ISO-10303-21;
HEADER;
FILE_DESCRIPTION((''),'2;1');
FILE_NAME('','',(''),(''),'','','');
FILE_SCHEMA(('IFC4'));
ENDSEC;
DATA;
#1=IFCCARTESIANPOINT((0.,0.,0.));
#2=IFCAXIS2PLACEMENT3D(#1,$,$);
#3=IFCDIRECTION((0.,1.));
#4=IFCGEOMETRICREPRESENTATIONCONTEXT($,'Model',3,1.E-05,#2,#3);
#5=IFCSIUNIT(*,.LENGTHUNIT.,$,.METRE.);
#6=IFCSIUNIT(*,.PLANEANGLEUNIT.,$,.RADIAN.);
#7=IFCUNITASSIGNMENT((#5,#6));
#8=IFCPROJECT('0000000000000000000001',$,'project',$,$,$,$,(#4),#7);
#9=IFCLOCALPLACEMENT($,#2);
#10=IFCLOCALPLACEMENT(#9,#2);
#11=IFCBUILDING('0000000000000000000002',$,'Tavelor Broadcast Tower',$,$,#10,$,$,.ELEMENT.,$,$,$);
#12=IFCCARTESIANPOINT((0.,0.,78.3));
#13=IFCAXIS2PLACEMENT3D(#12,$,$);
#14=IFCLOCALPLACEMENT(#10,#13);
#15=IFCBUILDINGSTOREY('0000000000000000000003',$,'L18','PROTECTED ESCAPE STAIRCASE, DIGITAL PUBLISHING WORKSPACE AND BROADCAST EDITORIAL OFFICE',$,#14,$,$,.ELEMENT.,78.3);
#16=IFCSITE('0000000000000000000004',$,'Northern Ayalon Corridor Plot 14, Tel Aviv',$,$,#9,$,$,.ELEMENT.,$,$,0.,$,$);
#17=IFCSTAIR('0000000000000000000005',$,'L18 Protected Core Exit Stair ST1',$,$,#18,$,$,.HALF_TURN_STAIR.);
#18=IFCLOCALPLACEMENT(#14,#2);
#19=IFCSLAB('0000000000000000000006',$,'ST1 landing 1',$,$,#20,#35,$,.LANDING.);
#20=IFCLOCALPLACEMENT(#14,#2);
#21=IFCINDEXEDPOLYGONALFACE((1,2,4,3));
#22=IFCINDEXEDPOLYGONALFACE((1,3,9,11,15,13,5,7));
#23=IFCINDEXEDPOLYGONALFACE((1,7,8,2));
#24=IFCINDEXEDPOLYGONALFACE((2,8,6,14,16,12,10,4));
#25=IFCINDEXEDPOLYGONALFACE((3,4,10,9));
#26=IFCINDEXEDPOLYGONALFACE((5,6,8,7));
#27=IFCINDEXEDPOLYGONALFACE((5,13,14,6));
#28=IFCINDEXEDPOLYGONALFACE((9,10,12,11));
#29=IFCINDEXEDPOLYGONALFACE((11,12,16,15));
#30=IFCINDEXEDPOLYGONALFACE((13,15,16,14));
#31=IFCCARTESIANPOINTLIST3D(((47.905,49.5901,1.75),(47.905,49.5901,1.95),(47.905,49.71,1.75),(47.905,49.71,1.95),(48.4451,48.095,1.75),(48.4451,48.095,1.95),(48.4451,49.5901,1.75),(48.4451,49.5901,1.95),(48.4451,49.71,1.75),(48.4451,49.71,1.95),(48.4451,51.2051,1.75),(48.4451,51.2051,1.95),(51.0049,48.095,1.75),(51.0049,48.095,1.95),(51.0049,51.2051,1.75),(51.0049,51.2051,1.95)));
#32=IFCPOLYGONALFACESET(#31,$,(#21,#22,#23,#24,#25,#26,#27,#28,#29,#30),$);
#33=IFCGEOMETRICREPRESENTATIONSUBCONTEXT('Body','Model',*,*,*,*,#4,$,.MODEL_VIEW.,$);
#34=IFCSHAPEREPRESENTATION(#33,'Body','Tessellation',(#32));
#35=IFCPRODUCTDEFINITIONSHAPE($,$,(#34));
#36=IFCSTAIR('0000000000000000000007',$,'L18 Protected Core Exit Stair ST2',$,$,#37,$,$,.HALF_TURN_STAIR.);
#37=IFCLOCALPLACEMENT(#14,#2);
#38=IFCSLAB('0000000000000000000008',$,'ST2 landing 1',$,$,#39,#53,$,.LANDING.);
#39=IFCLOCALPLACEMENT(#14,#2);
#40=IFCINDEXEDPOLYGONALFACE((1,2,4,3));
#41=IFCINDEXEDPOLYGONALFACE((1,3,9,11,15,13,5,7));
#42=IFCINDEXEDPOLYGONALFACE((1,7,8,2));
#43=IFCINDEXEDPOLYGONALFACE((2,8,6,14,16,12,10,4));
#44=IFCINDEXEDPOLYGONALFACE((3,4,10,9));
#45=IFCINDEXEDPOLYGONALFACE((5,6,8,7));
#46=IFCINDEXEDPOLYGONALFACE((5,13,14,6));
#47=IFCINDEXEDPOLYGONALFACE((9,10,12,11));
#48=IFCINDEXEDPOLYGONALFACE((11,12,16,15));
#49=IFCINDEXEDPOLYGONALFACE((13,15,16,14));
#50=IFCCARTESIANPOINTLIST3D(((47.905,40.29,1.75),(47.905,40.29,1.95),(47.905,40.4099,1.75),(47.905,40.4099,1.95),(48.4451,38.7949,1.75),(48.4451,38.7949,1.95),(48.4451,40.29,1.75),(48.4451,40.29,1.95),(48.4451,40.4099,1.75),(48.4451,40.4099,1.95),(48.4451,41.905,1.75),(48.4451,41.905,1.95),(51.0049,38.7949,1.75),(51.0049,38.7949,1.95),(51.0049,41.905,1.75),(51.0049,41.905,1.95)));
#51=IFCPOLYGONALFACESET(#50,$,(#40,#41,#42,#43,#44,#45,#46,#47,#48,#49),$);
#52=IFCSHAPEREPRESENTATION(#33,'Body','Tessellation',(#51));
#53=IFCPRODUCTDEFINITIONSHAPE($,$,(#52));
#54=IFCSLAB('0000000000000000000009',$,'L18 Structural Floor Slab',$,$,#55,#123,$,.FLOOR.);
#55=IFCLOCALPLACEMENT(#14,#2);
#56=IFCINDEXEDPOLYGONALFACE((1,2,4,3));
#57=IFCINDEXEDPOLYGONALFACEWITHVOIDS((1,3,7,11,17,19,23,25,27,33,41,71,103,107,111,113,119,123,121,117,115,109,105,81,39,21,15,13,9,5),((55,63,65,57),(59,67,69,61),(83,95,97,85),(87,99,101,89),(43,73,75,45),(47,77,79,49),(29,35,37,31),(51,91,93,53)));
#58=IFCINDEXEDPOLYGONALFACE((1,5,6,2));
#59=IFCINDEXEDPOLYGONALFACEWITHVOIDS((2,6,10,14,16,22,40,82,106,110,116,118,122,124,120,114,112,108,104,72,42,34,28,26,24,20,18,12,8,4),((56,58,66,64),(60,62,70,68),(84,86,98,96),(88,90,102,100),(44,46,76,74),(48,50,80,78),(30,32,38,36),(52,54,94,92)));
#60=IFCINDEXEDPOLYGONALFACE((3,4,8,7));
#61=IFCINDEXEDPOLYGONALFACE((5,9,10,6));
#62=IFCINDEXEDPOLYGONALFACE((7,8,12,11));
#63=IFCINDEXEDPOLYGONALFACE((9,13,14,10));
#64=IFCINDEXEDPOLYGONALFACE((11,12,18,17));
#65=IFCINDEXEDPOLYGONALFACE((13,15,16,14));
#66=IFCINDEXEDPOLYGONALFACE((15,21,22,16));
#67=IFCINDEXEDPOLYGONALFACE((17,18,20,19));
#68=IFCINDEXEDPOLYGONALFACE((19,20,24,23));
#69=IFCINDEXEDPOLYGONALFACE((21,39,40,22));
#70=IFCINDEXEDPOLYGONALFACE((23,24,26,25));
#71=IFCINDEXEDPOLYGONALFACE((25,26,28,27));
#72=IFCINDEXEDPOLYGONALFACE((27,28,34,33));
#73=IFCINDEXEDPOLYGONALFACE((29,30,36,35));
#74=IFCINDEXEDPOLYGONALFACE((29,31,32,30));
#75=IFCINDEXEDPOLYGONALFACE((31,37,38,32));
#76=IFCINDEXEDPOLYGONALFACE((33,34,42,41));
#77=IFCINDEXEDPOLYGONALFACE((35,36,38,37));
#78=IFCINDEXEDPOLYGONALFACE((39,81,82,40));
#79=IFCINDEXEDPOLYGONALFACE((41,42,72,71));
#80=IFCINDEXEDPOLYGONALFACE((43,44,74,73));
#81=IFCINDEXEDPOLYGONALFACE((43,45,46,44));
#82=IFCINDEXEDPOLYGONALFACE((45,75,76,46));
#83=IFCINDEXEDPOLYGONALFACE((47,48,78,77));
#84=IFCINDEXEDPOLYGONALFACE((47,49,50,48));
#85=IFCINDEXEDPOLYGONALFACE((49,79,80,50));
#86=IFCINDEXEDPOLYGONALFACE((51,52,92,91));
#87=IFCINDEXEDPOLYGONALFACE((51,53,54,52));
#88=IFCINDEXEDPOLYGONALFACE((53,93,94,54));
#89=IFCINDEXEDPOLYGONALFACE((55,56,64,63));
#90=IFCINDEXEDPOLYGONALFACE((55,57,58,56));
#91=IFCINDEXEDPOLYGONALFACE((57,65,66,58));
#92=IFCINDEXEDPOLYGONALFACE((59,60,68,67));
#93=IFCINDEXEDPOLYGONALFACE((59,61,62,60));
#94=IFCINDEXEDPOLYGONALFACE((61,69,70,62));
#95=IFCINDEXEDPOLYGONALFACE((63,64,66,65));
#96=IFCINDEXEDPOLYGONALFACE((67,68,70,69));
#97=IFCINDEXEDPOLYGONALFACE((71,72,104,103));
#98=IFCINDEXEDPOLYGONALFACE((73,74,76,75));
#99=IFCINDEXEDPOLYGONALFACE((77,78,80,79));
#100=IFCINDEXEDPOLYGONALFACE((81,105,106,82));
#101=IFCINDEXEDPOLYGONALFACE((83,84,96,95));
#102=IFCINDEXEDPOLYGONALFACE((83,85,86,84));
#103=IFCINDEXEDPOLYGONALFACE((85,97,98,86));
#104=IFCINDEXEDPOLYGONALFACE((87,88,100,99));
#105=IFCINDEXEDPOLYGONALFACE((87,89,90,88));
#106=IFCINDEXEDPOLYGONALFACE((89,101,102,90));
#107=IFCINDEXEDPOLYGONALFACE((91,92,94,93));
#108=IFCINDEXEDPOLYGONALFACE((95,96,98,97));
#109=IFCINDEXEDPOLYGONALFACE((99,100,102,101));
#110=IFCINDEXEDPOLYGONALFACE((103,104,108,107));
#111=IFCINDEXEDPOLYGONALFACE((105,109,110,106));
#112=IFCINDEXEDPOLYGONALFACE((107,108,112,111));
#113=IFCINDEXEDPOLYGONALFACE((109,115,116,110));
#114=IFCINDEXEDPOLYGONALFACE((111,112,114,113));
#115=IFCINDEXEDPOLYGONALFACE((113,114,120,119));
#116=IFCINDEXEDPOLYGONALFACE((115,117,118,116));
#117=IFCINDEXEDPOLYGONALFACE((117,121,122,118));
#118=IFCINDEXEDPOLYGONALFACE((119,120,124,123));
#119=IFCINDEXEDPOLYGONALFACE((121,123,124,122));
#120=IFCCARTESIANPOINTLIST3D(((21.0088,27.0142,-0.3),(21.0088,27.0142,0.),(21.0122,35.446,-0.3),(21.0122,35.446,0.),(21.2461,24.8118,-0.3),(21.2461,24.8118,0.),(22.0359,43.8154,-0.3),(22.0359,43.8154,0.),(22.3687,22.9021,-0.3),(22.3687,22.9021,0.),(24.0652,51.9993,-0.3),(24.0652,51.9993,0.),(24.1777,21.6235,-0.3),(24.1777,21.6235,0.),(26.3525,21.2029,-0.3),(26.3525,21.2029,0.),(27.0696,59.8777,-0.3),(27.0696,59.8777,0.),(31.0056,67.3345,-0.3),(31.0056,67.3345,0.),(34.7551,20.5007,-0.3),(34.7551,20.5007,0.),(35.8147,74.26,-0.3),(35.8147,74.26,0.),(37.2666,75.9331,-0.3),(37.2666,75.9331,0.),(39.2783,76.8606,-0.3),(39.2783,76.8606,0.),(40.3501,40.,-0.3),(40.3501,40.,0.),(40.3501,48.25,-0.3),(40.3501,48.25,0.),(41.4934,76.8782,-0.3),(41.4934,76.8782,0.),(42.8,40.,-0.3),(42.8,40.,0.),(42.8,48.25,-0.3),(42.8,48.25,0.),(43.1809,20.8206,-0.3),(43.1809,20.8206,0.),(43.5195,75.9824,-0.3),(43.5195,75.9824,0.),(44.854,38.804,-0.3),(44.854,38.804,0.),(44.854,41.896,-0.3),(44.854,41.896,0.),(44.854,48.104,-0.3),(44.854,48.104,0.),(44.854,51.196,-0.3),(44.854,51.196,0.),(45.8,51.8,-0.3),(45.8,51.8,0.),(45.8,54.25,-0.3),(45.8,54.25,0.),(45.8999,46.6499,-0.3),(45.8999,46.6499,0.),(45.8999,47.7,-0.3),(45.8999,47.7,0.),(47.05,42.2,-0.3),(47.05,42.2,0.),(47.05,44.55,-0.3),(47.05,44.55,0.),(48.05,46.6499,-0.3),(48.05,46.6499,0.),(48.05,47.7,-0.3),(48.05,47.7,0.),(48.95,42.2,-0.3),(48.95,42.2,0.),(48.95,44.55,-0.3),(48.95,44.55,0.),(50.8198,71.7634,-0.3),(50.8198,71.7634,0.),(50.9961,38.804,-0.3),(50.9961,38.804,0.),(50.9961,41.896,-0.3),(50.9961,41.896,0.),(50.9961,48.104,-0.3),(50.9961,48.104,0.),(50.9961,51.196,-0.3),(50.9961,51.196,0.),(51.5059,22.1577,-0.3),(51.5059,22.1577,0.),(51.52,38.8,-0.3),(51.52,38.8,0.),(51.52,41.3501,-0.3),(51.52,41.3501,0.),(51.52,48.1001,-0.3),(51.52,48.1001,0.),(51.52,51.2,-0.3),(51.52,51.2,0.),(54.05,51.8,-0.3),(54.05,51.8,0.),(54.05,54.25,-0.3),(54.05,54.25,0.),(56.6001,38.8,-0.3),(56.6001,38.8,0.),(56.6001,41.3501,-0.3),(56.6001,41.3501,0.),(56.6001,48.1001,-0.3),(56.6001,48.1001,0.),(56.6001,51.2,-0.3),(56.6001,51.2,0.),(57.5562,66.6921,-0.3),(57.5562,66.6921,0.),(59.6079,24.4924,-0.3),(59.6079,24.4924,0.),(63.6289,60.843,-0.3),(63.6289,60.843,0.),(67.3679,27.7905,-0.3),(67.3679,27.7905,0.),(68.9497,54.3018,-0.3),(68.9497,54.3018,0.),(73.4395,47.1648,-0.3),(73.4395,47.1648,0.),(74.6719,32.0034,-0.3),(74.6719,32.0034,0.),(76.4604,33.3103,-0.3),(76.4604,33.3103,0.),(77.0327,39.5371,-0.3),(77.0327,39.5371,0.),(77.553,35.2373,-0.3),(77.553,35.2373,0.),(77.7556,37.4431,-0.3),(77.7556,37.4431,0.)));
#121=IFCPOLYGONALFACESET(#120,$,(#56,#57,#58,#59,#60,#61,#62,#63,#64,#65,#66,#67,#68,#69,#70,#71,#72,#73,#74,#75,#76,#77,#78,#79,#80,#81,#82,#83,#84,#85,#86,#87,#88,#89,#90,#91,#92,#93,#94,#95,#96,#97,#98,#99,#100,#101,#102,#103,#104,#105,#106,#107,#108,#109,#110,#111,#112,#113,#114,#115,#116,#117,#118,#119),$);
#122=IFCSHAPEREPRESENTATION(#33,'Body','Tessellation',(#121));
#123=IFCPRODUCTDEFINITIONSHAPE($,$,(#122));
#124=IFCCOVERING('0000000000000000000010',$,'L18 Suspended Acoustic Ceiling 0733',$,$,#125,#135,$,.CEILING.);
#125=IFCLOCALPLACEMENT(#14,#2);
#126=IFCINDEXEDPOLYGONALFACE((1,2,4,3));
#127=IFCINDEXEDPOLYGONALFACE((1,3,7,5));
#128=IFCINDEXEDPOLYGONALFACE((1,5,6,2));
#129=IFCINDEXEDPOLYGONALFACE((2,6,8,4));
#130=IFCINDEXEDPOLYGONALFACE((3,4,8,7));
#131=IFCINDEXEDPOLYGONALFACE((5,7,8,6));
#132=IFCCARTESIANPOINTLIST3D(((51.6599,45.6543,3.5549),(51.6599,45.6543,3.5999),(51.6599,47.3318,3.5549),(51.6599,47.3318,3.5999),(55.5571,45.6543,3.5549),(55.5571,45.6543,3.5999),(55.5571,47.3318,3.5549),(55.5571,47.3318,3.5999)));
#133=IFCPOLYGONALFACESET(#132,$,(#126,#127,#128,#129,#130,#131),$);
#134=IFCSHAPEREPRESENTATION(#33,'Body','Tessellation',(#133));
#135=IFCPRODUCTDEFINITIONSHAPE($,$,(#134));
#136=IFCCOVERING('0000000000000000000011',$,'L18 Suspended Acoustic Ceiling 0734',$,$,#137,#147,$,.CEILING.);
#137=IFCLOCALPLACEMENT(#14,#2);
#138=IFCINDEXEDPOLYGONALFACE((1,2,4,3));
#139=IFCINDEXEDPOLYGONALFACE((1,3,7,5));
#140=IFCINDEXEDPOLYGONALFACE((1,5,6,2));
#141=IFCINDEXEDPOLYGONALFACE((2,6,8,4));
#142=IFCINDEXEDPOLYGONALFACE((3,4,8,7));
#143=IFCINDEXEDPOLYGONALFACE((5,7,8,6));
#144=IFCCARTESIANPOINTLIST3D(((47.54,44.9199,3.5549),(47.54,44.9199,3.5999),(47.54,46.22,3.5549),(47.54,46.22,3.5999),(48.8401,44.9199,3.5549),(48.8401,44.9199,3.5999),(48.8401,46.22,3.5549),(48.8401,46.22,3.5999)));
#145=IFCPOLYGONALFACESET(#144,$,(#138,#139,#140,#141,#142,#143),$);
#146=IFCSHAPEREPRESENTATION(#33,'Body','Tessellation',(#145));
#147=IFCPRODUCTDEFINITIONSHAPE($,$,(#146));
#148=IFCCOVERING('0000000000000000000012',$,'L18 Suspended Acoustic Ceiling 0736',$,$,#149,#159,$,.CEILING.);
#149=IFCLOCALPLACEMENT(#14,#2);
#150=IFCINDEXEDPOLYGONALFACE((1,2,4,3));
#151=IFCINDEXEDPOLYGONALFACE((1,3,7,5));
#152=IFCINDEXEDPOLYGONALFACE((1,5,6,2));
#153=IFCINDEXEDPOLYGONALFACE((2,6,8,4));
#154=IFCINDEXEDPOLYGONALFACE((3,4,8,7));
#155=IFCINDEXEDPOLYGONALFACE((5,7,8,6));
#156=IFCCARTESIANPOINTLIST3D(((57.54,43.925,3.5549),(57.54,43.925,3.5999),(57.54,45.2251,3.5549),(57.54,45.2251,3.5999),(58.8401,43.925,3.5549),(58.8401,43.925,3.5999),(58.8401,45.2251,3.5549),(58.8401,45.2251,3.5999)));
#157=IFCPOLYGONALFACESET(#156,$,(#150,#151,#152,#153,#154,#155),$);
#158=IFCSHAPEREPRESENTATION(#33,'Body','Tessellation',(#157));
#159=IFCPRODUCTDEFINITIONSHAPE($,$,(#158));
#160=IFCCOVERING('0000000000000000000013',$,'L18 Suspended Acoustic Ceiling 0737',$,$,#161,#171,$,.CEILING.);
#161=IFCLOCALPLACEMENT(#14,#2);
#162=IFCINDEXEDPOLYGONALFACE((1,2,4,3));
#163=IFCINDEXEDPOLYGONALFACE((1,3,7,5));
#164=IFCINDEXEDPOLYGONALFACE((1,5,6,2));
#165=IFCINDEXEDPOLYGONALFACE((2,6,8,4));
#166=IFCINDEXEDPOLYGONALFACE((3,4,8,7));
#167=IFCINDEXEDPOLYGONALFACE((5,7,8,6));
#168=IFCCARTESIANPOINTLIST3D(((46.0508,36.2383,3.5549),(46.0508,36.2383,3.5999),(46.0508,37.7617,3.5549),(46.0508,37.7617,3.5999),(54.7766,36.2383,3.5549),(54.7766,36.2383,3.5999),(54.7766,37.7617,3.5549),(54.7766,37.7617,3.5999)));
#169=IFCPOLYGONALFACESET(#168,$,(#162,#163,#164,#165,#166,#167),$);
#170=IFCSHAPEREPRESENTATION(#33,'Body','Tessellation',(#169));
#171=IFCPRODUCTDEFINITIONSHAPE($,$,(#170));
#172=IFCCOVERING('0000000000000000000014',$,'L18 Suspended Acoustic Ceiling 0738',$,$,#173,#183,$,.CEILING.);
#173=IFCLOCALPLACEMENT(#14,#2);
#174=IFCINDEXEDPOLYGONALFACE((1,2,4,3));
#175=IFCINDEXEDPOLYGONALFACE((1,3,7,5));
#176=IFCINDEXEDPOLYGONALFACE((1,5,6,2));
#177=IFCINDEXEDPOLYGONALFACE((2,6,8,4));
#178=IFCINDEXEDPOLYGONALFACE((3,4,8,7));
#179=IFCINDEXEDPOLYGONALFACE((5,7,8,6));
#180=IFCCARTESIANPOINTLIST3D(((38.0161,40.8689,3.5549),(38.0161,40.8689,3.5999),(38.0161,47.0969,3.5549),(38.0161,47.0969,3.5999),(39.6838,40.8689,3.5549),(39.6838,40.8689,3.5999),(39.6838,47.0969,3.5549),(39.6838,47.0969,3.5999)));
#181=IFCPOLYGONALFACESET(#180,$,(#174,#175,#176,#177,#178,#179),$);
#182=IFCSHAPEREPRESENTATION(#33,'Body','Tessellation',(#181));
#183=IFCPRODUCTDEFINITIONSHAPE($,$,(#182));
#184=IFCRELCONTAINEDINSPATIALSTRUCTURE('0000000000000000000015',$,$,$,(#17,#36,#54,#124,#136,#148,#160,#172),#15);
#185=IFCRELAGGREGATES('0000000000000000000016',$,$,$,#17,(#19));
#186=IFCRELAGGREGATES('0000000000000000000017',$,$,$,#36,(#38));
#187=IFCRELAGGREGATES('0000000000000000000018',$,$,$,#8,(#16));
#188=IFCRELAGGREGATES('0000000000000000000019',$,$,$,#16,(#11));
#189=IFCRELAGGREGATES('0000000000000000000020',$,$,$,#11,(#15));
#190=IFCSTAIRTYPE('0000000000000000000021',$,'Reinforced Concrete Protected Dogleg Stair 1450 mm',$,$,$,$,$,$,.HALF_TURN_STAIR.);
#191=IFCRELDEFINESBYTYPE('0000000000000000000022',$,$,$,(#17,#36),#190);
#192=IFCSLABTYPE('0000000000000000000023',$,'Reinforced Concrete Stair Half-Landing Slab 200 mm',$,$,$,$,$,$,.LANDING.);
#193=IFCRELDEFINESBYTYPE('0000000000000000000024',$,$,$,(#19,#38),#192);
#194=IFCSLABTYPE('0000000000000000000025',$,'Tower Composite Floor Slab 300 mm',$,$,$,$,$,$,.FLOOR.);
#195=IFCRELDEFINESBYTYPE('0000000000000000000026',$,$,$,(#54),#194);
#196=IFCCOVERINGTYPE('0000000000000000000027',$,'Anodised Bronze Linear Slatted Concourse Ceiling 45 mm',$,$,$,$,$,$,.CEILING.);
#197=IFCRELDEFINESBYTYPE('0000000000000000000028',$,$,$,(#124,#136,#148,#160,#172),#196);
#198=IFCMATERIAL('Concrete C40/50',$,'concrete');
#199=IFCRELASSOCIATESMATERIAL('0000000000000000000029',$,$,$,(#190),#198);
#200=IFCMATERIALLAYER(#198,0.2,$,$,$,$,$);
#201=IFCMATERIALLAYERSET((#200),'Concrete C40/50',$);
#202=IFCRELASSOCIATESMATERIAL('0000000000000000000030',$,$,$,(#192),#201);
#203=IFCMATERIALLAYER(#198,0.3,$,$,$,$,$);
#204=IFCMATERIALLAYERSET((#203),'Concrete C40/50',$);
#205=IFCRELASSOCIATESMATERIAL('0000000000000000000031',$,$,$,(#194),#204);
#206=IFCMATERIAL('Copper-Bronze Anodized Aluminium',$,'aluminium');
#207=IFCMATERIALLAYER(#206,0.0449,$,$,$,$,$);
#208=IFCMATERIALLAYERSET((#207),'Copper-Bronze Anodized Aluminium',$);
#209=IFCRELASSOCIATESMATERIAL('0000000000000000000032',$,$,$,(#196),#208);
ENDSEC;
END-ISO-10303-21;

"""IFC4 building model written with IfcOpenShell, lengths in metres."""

from ifc_helpers import new_model, si_unit, direction, frame, origin, place, context, subcontext, project, spatial, polyline, outline, extrude, material, layer, layer_set, type_object, element, aggregate, save


model = new_model("IFC4")

# Units and contexts
model_context = context("Model", 3, precision=1e-05, world=origin(), true_north=direction((0.0, 1.0)))
body_context = subcontext(model_context, "Body", "Model", "MODEL_VIEW")
ifc_project = project(units=[si_unit("LENGTHUNIT", "METRE"), si_unit("PLANEANGLEUNIT", "RADIAN")], contexts=[model_context])

# Site, building, storey
site_placement = place(None, origin())
site = spatial("IfcSite", under=ifc_project, at=site_placement, Name="Northern Ayalon Corridor Plot 14, Tel Aviv", CompositionType="ELEMENT", RefElevation=0.0)
building_placement = place(site_placement, origin())
building = spatial("IfcBuilding", under=site, at=building_placement, Name="Tavelor Broadcast Tower", CompositionType="ELEMENT")
storey_placement = place(building_placement, frame((0.0, 0.0, 78.3)))
storey = spatial("IfcBuildingStorey", under=building, at=storey_placement, Name="L18", Description="PROTECTED ESCAPE STAIRCASE, DIGITAL PUBLISHING WORKSPACE AND BROADCAST EDITORIAL OFFICE", CompositionType="ELEMENT", Elevation=78.3)

# Stairs, slabs
ifc_material_1 = material(Name="Concrete C40/50", Category="concrete")
stair_type = type_object("IfcStairType", Name="Reinforced Concrete Protected Dogleg Stair 1450 mm", PredefinedType="HALF_TURN_STAIR", material=ifc_material_1)
stair_1_placement = place(storey_placement, origin())
stair_1 = element("IfcStair", 1, at=stair_1_placement, inside=storey, type_object=stair_type, Name="L18 Protected Core Exit Stair ST1", PredefinedType="HALF_TURN_STAIR")
ifc_layer_1 = layer(ifc_material_1, 0.2)
ifc_layer_set_1 = layer_set([ifc_layer_1], Name="Concrete C40/50")
slab_type_1 = type_object("IfcSlabType", Name="Reinforced Concrete Stair Half-Landing Slab 200 mm", PredefinedType="LANDING", material=ifc_layer_set_1)
slab_1_placement = place(storey_placement, frame((0.0, 0.0, 1.75)))
slab_1 = element("IfcSlab", 2, at=slab_1_placement, type_object=slab_type_1, Name="ST1 landing 1", PredefinedType="LANDING", context=body_context, shape_type="SweptSolid", body=[
    extrude(outline(polyline([(48.4451, 49.5901), (48.4451, 48.095), (51.0049, 48.095), (51.0049, 51.2051), (48.4451, 51.2051), (48.4451, 49.71), (47.905, 49.71), (47.905, 49.5901), (48.4451, 49.5901)])), origin(), (0.0, 0.0, 1.0), 0.2),
])
aggregate(stair_1, [slab_1])
stair_2_placement = place(storey_placement, origin())
stair_2 = element("IfcStair", 3, at=stair_2_placement, inside=storey, type_object=stair_type, Name="L18 Protected Core Exit Stair ST2", PredefinedType="HALF_TURN_STAIR")
slab_2_placement = place(storey_placement, frame((0.0, 0.0, 1.75)))
slab_2 = element("IfcSlab", 4, at=slab_2_placement, type_object=slab_type_1, Name="ST2 landing 1", PredefinedType="LANDING", context=body_context, shape_type="SweptSolid", body=[
    extrude(outline(polyline([(48.4451, 40.29), (48.4451, 38.7949), (51.0049, 38.7949), (51.0049, 41.905), (48.4451, 41.905), (48.4451, 40.4099), (47.905, 40.4099), (47.905, 40.29), (48.4451, 40.29)])), origin(), (0.0, 0.0, 1.0), 0.2),
])
aggregate(stair_2, [slab_2])

# Slab
ifc_layer_2 = layer(ifc_material_1, 0.3)
ifc_layer_set_2 = layer_set([ifc_layer_2], Name="Concrete C40/50")
slab_type_2 = type_object("IfcSlabType", Name="Tower Composite Floor Slab 300 mm", PredefinedType="FLOOR", material=ifc_layer_set_2)
slab_3_placement = place(storey_placement, frame((0.0, 0.0, -0.3)))
element("IfcSlab", 5, at=slab_3_placement, inside=storey, type_object=slab_type_2, Name="L18 Structural Floor Slab", PredefinedType="FLOOR", context=body_context, shape_type="SweptSolid", body=[
    extrude(outline(polyline([(43.5195, 75.9824), (41.4934, 76.8782), (39.2783, 76.8606), (37.2666, 75.9331), (35.8147, 74.26), (31.0056, 67.3345), (27.0696, 59.8777), (24.0652, 51.9993), (22.0359, 43.8154), (21.0122, 35.446), (21.0088, 27.0142), (21.2461, 24.8118), (22.3687, 22.9021), (24.1777, 21.6235), (26.3525, 21.2029), (34.7551, 20.5007), (43.1809, 20.8206), (51.5059, 22.1577), (59.6079, 24.4924), (67.3679, 27.7905), (74.6719, 32.0034), (76.4604, 33.3103), (77.553, 35.2373), (77.7556, 37.4431), (77.0327, 39.5371), (73.4395, 47.1648), (68.9497, 54.3018), (63.6289, 60.843), (57.5562, 66.6921), (50.8198, 71.7634), (43.5195, 75.9824)]), holes=[polyline([(56.6001, 38.8), (51.52, 38.8), (51.52, 41.3501), (56.6001, 41.3501), (56.6001, 38.8)]), polyline([(50.9961, 38.804), (44.854, 38.804), (44.854, 41.896), (50.9961, 41.896), (50.9961, 38.804)]), polyline([(47.05, 42.2), (47.05, 44.55), (48.95, 44.55), (48.95, 42.2), (47.05, 42.2)]), polyline([(40.3501, 40.0), (40.3501, 48.25), (42.8, 48.25), (42.8, 40.0), (40.3501, 40.0)]), polyline([(48.05, 46.6499), (45.8999, 46.6499), (45.8999, 47.7), (48.05, 47.7), (48.05, 46.6499)]), polyline([(50.9961, 48.104), (44.854, 48.104), (44.854, 51.196), (50.9961, 51.196), (50.9961, 48.104)]), polyline([(56.6001, 48.1001), (51.52, 48.1001), (51.52, 51.2), (56.6001, 51.2), (56.6001, 48.1001)]), polyline([(54.05, 51.8), (45.8, 51.8), (45.8, 54.25), (54.05, 54.25), (54.05, 51.8)])]), origin(), (0.0, 0.0, 1.0), 0.3),
])

# Coverings
ifc_material_2 = material(Name="Copper-Bronze Anodized Aluminium", Category="aluminium")
ifc_layer_3 = layer(ifc_material_2, 0.0449)
ifc_layer_set_3 = layer_set([ifc_layer_3], Name="Copper-Bronze Anodized Aluminium")
covering_type_1 = type_object("IfcCoveringType", Name="Anodised Bronze Linear Slatted Concourse Ceiling 45 mm", PredefinedType="CEILING", material=ifc_layer_set_3)
covering_1_placement = place(storey_placement, frame((0.0, 0.0, 3.5549)))
element("IfcCovering", 6, at=covering_1_placement, inside=storey, type_object=covering_type_1, Name="L18 Suspended Acoustic Ceiling 0733", PredefinedType="CEILING", context=body_context, shape_type="SweptSolid", body=[
    extrude(outline(polyline([(51.6599, 45.6543), (55.5571, 45.6543), (55.5571, 47.3318), (51.6599, 47.3318), (51.6599, 45.6543)])), origin(), (0.0, 0.0, 1.0), 0.0449),
])
covering_2_placement = place(storey_placement, frame((0.0, 0.0, 3.5549)))
element("IfcCovering", 7, at=covering_2_placement, inside=storey, type_object=covering_type_1, Name="L18 Suspended Acoustic Ceiling 0734", PredefinedType="CEILING", context=body_context, shape_type="SweptSolid", body=[
    extrude(outline(polyline([(47.54, 44.9199), (48.8401, 44.9199), (48.8401, 46.22), (47.54, 46.22), (47.54, 44.9199)])), origin(), (0.0, 0.0, 1.0), 0.0449),
])
covering_3_placement = place(storey_placement, frame((0.0, 0.0, 3.5549)))
element("IfcCovering", 8, at=covering_3_placement, inside=storey, type_object=covering_type_1, Name="L18 Suspended Acoustic Ceiling 0736", PredefinedType="CEILING", context=body_context, shape_type="SweptSolid", body=[
    extrude(outline(polyline([(57.54, 43.925), (58.8401, 43.925), (58.8401, 45.2251), (57.54, 45.2251), (57.54, 43.925)])), origin(), (0.0, 0.0, 1.0), 0.0449),
])
covering_4_placement = place(storey_placement, frame((0.0, 0.0, 3.5549)))
element("IfcCovering", 9, at=covering_4_placement, inside=storey, type_object=covering_type_1, Name="L18 Suspended Acoustic Ceiling 0737", PredefinedType="CEILING", context=body_context, shape_type="SweptSolid", body=[
    extrude(outline(polyline([(46.0508, 36.2383), (54.7766, 36.2383), (54.7766, 37.7617), (46.0508, 37.7617), (46.0508, 36.2383)])), origin(), (0.0, 0.0, 1.0), 0.0449),
])
covering_5_placement = place(storey_placement, frame((0.0, 0.0, 3.5549)))
element("IfcCovering", 10, at=covering_5_placement, inside=storey, type_object=covering_type_1, Name="L18 Suspended Acoustic Ceiling 0738", PredefinedType="CEILING", context=body_context, shape_type="SweptSolid", body=[
    extrude(outline(polyline([(38.0161, 40.8689), (39.6838, 40.8689), (39.6838, 47.0969), (38.0161, 47.0969), (38.0161, 40.8689)])), origin(), (0.0, 0.0, 1.0), 0.0449),
])

save(model, "model.ifc")
